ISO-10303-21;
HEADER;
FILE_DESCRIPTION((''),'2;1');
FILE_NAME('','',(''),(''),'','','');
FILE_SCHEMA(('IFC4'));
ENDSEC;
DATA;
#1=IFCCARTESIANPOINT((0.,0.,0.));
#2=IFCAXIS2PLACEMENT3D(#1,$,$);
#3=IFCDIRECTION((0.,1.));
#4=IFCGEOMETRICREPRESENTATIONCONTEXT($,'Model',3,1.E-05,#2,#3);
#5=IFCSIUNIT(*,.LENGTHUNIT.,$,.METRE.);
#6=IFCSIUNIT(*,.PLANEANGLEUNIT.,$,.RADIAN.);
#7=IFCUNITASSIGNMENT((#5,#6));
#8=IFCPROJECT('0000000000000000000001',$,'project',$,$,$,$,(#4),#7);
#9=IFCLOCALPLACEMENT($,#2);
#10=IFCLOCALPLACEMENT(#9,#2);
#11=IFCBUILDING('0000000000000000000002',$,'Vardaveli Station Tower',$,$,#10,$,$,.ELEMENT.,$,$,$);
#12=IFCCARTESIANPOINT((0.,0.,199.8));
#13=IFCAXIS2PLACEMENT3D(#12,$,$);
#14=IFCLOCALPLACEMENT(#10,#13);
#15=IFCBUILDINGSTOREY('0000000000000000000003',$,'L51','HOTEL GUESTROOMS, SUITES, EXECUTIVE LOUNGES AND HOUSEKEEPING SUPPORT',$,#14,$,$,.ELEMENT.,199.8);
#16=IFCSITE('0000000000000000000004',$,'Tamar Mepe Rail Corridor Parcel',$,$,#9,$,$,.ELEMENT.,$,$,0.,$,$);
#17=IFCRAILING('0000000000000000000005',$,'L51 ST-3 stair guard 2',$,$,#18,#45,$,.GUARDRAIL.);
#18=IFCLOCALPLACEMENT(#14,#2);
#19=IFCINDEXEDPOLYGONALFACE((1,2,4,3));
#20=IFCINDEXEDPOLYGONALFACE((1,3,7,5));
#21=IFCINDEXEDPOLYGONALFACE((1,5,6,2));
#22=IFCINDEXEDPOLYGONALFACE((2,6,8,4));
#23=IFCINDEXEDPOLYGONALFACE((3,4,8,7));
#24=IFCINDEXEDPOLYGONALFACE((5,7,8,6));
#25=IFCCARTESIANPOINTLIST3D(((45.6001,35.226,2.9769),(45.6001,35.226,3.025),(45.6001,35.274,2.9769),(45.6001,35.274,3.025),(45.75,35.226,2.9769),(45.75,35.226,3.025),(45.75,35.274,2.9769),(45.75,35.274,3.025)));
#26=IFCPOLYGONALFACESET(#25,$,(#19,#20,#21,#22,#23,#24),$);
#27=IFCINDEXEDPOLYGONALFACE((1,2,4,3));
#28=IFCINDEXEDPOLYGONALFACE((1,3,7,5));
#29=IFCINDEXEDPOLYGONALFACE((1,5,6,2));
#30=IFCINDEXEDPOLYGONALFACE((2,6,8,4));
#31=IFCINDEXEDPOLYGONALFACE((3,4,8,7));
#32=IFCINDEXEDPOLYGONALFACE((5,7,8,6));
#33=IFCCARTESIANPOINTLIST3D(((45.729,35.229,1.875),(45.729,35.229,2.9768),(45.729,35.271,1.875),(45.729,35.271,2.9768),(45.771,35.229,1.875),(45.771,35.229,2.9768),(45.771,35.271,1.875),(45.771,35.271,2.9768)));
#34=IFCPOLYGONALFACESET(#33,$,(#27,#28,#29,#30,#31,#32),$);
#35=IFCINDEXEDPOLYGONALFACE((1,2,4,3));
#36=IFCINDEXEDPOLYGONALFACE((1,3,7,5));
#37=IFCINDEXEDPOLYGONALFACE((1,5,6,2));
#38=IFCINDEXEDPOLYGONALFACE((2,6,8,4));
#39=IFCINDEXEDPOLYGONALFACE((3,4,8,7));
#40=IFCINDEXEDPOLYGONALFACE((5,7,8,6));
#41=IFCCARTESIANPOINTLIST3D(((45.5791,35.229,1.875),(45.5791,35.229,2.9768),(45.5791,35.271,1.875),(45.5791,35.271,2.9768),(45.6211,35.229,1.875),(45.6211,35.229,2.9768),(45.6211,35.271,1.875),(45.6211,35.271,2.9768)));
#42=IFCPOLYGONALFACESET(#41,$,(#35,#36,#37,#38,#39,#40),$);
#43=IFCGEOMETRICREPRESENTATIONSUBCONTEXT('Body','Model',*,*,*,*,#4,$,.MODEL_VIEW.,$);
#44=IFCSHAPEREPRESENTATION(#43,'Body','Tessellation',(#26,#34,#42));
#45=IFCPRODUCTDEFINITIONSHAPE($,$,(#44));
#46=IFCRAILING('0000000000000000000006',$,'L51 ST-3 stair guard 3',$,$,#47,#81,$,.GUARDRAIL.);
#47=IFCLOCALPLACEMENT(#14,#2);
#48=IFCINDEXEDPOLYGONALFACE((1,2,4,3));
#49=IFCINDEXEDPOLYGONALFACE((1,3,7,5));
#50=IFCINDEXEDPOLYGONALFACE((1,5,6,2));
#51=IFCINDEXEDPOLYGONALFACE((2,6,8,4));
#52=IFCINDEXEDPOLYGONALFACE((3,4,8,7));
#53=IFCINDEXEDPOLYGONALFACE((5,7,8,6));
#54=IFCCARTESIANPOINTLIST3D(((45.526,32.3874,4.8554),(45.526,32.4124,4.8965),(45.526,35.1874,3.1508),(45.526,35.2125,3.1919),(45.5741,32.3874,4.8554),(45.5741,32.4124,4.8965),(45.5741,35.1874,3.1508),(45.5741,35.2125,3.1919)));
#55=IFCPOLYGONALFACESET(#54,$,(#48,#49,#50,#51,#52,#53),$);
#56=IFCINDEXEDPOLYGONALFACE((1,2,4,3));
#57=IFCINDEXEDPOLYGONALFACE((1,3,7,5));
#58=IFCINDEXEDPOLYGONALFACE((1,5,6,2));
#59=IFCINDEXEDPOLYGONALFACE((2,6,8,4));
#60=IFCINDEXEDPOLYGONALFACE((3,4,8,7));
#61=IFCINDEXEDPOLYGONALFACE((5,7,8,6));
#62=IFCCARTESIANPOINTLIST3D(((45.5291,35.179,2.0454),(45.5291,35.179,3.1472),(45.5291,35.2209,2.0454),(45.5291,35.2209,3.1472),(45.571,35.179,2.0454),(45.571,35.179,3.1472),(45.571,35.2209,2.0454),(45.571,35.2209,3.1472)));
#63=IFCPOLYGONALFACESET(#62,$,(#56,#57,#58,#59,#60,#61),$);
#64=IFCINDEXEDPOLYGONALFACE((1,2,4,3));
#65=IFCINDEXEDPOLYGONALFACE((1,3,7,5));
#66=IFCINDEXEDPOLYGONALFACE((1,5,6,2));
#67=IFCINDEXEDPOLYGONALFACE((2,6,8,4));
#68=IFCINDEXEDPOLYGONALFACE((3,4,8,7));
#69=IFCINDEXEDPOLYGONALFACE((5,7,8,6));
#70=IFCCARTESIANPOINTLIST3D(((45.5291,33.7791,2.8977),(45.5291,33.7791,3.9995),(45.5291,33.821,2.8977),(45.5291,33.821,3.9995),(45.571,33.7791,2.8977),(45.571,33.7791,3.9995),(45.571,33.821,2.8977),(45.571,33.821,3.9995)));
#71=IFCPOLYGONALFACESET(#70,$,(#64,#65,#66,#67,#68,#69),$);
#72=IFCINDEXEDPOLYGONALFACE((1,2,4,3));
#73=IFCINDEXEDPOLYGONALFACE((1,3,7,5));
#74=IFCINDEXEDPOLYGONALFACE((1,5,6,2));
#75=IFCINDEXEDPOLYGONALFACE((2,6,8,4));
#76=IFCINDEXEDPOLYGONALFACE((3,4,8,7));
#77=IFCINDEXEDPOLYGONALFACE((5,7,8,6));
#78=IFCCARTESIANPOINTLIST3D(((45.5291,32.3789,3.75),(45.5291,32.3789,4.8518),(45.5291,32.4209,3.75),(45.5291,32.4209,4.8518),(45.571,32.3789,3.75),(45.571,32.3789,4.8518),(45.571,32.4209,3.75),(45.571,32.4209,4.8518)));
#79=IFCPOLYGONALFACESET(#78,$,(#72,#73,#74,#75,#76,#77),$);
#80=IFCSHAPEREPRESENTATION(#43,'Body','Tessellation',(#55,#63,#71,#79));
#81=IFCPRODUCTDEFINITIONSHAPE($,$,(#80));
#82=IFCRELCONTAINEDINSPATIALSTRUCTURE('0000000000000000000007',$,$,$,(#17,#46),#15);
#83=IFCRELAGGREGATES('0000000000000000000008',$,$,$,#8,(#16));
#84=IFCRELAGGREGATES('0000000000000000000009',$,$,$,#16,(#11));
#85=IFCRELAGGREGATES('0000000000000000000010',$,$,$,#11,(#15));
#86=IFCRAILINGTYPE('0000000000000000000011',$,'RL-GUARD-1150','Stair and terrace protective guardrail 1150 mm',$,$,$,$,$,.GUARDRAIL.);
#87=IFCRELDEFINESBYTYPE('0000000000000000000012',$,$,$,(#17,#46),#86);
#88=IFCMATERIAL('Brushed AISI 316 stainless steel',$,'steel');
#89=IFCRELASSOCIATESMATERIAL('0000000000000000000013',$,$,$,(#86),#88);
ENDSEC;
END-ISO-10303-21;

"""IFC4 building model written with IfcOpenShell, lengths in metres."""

from ifc_helpers import new_model, si_unit, direction, frame, origin, origin_2d, place, context, subcontext, project, spatial, rectangle, extrude, source, transform, mapped, material, type_object, element, save


model = new_model("IFC4")

# Units and contexts
model_context = context("Model", 3, precision=1e-05, world=origin(), true_north=direction((0.0, 1.0)))
body_context = subcontext(model_context, "Body", "Model", "MODEL_VIEW")
ifc_project = project(units=[si_unit("LENGTHUNIT", "METRE"), si_unit("PLANEANGLEUNIT", "RADIAN")], contexts=[model_context])

# Site, building, storey
site_placement = place(None, origin())
site = spatial("IfcSite", under=ifc_project, at=site_placement, Name="Tamar Mepe Rail Corridor Parcel", CompositionType="ELEMENT", RefElevation=0.0)
building_placement = place(site_placement, origin())
building = spatial("IfcBuilding", under=site, at=building_placement, Name="Vardaveli Station Tower", CompositionType="ELEMENT")
storey_placement = place(building_placement, frame((0.0, 0.0, 199.8)))
storey = spatial("IfcBuildingStorey", under=building, at=storey_placement, Name="L51", Description="HOTEL GUESTROOMS, SUITES, EXECUTIVE LOUNGES AND HOUSEKEEPING SUPPORT", CompositionType="ELEMENT", Elevation=199.8)

# Railings
ifc_material_1 = material(Name="Brushed AISI 316 stainless steel", Category="steel")
railing_type = type_object("IfcRailingType", Name="RL-GUARD-1150", Description="Stair and terrace protective guardrail 1150 mm", PredefinedType="GUARDRAIL", material=ifc_material_1)
shared_shape_1 = source(origin(), body_context, "Body", "SweptSolid", [
    extrude(rectangle(XDim=0.0481, YDim=0.0481, at=origin_2d()), frame((0.0, 0.0, 1.126), z_axis=(-1.0, 0.0, 0.0), x_axis=(0.0, -1.0, 0.0)), (0.0, 0.0, 1.0), 0.1499),
    extrude(rectangle(XDim=0.042, YDim=0.042, at=origin_2d()), origin(), (0.0, 0.0, 1.0), 1.1018),
    extrude(rectangle(XDim=0.042, YDim=0.042, at=origin_2d()), frame((-0.1499, 0.0, 0.0)), (0.0, 0.0, 1.0), 1.1018),
])
railing_1_placement = place(storey_placement, frame((45.75, 35.25, 1.875)))
element("IfcRailing", 1, at=railing_1_placement, inside=storey, type_object=railing_type, Name="L51 ST-3 stair guard 2", PredefinedType="GUARDRAIL", context=body_context, shape_type="MappedRepresentation", body=[
    mapped(shared_shape_1, transform((0.0, 0.0, 0.0), scale=1.0)),
])
shared_shape_2 = source(origin(), body_context, "Body", "SweptSolid", [
    extrude(rectangle(XDim=0.0481, YDim=0.0481, at=origin_2d()), frame((0.0, 0.0, 1.126), z_axis=(0.0, -0.85417, 0.519994), x_axis=(1.0, 0.0, 0.0)), (0.0, 0.0, 1.0), 3.2781),
    extrude(rectangle(XDim=0.042, YDim=0.042, at=origin_2d()), origin(), (0.0, 0.0, 1.0), 1.1018),
    extrude(rectangle(XDim=0.042, YDim=0.042, at=origin_2d()), frame((0.0, -1.3999, 0.8523)), (0.0, 0.0, 1.0), 1.1018),
    extrude(rectangle(XDim=0.042, YDim=0.042, at=origin_2d()), frame((0.0, -2.8, 1.7046)), (0.0, 0.0, 1.0), 1.1018),
])
railing_2_placement = place(storey_placement, frame((45.55, 35.2, 2.0454)))
element("IfcRailing", 2, at=railing_2_placement, inside=storey, type_object=railing_type, Name="L51 ST-3 stair guard 3", PredefinedType="GUARDRAIL", context=body_context, shape_type="MappedRepresentation", body=[
    mapped(shared_shape_2, transform((0.0, 0.0, 0.0), scale=1.0)),
])

save(model, "model.ifc")
